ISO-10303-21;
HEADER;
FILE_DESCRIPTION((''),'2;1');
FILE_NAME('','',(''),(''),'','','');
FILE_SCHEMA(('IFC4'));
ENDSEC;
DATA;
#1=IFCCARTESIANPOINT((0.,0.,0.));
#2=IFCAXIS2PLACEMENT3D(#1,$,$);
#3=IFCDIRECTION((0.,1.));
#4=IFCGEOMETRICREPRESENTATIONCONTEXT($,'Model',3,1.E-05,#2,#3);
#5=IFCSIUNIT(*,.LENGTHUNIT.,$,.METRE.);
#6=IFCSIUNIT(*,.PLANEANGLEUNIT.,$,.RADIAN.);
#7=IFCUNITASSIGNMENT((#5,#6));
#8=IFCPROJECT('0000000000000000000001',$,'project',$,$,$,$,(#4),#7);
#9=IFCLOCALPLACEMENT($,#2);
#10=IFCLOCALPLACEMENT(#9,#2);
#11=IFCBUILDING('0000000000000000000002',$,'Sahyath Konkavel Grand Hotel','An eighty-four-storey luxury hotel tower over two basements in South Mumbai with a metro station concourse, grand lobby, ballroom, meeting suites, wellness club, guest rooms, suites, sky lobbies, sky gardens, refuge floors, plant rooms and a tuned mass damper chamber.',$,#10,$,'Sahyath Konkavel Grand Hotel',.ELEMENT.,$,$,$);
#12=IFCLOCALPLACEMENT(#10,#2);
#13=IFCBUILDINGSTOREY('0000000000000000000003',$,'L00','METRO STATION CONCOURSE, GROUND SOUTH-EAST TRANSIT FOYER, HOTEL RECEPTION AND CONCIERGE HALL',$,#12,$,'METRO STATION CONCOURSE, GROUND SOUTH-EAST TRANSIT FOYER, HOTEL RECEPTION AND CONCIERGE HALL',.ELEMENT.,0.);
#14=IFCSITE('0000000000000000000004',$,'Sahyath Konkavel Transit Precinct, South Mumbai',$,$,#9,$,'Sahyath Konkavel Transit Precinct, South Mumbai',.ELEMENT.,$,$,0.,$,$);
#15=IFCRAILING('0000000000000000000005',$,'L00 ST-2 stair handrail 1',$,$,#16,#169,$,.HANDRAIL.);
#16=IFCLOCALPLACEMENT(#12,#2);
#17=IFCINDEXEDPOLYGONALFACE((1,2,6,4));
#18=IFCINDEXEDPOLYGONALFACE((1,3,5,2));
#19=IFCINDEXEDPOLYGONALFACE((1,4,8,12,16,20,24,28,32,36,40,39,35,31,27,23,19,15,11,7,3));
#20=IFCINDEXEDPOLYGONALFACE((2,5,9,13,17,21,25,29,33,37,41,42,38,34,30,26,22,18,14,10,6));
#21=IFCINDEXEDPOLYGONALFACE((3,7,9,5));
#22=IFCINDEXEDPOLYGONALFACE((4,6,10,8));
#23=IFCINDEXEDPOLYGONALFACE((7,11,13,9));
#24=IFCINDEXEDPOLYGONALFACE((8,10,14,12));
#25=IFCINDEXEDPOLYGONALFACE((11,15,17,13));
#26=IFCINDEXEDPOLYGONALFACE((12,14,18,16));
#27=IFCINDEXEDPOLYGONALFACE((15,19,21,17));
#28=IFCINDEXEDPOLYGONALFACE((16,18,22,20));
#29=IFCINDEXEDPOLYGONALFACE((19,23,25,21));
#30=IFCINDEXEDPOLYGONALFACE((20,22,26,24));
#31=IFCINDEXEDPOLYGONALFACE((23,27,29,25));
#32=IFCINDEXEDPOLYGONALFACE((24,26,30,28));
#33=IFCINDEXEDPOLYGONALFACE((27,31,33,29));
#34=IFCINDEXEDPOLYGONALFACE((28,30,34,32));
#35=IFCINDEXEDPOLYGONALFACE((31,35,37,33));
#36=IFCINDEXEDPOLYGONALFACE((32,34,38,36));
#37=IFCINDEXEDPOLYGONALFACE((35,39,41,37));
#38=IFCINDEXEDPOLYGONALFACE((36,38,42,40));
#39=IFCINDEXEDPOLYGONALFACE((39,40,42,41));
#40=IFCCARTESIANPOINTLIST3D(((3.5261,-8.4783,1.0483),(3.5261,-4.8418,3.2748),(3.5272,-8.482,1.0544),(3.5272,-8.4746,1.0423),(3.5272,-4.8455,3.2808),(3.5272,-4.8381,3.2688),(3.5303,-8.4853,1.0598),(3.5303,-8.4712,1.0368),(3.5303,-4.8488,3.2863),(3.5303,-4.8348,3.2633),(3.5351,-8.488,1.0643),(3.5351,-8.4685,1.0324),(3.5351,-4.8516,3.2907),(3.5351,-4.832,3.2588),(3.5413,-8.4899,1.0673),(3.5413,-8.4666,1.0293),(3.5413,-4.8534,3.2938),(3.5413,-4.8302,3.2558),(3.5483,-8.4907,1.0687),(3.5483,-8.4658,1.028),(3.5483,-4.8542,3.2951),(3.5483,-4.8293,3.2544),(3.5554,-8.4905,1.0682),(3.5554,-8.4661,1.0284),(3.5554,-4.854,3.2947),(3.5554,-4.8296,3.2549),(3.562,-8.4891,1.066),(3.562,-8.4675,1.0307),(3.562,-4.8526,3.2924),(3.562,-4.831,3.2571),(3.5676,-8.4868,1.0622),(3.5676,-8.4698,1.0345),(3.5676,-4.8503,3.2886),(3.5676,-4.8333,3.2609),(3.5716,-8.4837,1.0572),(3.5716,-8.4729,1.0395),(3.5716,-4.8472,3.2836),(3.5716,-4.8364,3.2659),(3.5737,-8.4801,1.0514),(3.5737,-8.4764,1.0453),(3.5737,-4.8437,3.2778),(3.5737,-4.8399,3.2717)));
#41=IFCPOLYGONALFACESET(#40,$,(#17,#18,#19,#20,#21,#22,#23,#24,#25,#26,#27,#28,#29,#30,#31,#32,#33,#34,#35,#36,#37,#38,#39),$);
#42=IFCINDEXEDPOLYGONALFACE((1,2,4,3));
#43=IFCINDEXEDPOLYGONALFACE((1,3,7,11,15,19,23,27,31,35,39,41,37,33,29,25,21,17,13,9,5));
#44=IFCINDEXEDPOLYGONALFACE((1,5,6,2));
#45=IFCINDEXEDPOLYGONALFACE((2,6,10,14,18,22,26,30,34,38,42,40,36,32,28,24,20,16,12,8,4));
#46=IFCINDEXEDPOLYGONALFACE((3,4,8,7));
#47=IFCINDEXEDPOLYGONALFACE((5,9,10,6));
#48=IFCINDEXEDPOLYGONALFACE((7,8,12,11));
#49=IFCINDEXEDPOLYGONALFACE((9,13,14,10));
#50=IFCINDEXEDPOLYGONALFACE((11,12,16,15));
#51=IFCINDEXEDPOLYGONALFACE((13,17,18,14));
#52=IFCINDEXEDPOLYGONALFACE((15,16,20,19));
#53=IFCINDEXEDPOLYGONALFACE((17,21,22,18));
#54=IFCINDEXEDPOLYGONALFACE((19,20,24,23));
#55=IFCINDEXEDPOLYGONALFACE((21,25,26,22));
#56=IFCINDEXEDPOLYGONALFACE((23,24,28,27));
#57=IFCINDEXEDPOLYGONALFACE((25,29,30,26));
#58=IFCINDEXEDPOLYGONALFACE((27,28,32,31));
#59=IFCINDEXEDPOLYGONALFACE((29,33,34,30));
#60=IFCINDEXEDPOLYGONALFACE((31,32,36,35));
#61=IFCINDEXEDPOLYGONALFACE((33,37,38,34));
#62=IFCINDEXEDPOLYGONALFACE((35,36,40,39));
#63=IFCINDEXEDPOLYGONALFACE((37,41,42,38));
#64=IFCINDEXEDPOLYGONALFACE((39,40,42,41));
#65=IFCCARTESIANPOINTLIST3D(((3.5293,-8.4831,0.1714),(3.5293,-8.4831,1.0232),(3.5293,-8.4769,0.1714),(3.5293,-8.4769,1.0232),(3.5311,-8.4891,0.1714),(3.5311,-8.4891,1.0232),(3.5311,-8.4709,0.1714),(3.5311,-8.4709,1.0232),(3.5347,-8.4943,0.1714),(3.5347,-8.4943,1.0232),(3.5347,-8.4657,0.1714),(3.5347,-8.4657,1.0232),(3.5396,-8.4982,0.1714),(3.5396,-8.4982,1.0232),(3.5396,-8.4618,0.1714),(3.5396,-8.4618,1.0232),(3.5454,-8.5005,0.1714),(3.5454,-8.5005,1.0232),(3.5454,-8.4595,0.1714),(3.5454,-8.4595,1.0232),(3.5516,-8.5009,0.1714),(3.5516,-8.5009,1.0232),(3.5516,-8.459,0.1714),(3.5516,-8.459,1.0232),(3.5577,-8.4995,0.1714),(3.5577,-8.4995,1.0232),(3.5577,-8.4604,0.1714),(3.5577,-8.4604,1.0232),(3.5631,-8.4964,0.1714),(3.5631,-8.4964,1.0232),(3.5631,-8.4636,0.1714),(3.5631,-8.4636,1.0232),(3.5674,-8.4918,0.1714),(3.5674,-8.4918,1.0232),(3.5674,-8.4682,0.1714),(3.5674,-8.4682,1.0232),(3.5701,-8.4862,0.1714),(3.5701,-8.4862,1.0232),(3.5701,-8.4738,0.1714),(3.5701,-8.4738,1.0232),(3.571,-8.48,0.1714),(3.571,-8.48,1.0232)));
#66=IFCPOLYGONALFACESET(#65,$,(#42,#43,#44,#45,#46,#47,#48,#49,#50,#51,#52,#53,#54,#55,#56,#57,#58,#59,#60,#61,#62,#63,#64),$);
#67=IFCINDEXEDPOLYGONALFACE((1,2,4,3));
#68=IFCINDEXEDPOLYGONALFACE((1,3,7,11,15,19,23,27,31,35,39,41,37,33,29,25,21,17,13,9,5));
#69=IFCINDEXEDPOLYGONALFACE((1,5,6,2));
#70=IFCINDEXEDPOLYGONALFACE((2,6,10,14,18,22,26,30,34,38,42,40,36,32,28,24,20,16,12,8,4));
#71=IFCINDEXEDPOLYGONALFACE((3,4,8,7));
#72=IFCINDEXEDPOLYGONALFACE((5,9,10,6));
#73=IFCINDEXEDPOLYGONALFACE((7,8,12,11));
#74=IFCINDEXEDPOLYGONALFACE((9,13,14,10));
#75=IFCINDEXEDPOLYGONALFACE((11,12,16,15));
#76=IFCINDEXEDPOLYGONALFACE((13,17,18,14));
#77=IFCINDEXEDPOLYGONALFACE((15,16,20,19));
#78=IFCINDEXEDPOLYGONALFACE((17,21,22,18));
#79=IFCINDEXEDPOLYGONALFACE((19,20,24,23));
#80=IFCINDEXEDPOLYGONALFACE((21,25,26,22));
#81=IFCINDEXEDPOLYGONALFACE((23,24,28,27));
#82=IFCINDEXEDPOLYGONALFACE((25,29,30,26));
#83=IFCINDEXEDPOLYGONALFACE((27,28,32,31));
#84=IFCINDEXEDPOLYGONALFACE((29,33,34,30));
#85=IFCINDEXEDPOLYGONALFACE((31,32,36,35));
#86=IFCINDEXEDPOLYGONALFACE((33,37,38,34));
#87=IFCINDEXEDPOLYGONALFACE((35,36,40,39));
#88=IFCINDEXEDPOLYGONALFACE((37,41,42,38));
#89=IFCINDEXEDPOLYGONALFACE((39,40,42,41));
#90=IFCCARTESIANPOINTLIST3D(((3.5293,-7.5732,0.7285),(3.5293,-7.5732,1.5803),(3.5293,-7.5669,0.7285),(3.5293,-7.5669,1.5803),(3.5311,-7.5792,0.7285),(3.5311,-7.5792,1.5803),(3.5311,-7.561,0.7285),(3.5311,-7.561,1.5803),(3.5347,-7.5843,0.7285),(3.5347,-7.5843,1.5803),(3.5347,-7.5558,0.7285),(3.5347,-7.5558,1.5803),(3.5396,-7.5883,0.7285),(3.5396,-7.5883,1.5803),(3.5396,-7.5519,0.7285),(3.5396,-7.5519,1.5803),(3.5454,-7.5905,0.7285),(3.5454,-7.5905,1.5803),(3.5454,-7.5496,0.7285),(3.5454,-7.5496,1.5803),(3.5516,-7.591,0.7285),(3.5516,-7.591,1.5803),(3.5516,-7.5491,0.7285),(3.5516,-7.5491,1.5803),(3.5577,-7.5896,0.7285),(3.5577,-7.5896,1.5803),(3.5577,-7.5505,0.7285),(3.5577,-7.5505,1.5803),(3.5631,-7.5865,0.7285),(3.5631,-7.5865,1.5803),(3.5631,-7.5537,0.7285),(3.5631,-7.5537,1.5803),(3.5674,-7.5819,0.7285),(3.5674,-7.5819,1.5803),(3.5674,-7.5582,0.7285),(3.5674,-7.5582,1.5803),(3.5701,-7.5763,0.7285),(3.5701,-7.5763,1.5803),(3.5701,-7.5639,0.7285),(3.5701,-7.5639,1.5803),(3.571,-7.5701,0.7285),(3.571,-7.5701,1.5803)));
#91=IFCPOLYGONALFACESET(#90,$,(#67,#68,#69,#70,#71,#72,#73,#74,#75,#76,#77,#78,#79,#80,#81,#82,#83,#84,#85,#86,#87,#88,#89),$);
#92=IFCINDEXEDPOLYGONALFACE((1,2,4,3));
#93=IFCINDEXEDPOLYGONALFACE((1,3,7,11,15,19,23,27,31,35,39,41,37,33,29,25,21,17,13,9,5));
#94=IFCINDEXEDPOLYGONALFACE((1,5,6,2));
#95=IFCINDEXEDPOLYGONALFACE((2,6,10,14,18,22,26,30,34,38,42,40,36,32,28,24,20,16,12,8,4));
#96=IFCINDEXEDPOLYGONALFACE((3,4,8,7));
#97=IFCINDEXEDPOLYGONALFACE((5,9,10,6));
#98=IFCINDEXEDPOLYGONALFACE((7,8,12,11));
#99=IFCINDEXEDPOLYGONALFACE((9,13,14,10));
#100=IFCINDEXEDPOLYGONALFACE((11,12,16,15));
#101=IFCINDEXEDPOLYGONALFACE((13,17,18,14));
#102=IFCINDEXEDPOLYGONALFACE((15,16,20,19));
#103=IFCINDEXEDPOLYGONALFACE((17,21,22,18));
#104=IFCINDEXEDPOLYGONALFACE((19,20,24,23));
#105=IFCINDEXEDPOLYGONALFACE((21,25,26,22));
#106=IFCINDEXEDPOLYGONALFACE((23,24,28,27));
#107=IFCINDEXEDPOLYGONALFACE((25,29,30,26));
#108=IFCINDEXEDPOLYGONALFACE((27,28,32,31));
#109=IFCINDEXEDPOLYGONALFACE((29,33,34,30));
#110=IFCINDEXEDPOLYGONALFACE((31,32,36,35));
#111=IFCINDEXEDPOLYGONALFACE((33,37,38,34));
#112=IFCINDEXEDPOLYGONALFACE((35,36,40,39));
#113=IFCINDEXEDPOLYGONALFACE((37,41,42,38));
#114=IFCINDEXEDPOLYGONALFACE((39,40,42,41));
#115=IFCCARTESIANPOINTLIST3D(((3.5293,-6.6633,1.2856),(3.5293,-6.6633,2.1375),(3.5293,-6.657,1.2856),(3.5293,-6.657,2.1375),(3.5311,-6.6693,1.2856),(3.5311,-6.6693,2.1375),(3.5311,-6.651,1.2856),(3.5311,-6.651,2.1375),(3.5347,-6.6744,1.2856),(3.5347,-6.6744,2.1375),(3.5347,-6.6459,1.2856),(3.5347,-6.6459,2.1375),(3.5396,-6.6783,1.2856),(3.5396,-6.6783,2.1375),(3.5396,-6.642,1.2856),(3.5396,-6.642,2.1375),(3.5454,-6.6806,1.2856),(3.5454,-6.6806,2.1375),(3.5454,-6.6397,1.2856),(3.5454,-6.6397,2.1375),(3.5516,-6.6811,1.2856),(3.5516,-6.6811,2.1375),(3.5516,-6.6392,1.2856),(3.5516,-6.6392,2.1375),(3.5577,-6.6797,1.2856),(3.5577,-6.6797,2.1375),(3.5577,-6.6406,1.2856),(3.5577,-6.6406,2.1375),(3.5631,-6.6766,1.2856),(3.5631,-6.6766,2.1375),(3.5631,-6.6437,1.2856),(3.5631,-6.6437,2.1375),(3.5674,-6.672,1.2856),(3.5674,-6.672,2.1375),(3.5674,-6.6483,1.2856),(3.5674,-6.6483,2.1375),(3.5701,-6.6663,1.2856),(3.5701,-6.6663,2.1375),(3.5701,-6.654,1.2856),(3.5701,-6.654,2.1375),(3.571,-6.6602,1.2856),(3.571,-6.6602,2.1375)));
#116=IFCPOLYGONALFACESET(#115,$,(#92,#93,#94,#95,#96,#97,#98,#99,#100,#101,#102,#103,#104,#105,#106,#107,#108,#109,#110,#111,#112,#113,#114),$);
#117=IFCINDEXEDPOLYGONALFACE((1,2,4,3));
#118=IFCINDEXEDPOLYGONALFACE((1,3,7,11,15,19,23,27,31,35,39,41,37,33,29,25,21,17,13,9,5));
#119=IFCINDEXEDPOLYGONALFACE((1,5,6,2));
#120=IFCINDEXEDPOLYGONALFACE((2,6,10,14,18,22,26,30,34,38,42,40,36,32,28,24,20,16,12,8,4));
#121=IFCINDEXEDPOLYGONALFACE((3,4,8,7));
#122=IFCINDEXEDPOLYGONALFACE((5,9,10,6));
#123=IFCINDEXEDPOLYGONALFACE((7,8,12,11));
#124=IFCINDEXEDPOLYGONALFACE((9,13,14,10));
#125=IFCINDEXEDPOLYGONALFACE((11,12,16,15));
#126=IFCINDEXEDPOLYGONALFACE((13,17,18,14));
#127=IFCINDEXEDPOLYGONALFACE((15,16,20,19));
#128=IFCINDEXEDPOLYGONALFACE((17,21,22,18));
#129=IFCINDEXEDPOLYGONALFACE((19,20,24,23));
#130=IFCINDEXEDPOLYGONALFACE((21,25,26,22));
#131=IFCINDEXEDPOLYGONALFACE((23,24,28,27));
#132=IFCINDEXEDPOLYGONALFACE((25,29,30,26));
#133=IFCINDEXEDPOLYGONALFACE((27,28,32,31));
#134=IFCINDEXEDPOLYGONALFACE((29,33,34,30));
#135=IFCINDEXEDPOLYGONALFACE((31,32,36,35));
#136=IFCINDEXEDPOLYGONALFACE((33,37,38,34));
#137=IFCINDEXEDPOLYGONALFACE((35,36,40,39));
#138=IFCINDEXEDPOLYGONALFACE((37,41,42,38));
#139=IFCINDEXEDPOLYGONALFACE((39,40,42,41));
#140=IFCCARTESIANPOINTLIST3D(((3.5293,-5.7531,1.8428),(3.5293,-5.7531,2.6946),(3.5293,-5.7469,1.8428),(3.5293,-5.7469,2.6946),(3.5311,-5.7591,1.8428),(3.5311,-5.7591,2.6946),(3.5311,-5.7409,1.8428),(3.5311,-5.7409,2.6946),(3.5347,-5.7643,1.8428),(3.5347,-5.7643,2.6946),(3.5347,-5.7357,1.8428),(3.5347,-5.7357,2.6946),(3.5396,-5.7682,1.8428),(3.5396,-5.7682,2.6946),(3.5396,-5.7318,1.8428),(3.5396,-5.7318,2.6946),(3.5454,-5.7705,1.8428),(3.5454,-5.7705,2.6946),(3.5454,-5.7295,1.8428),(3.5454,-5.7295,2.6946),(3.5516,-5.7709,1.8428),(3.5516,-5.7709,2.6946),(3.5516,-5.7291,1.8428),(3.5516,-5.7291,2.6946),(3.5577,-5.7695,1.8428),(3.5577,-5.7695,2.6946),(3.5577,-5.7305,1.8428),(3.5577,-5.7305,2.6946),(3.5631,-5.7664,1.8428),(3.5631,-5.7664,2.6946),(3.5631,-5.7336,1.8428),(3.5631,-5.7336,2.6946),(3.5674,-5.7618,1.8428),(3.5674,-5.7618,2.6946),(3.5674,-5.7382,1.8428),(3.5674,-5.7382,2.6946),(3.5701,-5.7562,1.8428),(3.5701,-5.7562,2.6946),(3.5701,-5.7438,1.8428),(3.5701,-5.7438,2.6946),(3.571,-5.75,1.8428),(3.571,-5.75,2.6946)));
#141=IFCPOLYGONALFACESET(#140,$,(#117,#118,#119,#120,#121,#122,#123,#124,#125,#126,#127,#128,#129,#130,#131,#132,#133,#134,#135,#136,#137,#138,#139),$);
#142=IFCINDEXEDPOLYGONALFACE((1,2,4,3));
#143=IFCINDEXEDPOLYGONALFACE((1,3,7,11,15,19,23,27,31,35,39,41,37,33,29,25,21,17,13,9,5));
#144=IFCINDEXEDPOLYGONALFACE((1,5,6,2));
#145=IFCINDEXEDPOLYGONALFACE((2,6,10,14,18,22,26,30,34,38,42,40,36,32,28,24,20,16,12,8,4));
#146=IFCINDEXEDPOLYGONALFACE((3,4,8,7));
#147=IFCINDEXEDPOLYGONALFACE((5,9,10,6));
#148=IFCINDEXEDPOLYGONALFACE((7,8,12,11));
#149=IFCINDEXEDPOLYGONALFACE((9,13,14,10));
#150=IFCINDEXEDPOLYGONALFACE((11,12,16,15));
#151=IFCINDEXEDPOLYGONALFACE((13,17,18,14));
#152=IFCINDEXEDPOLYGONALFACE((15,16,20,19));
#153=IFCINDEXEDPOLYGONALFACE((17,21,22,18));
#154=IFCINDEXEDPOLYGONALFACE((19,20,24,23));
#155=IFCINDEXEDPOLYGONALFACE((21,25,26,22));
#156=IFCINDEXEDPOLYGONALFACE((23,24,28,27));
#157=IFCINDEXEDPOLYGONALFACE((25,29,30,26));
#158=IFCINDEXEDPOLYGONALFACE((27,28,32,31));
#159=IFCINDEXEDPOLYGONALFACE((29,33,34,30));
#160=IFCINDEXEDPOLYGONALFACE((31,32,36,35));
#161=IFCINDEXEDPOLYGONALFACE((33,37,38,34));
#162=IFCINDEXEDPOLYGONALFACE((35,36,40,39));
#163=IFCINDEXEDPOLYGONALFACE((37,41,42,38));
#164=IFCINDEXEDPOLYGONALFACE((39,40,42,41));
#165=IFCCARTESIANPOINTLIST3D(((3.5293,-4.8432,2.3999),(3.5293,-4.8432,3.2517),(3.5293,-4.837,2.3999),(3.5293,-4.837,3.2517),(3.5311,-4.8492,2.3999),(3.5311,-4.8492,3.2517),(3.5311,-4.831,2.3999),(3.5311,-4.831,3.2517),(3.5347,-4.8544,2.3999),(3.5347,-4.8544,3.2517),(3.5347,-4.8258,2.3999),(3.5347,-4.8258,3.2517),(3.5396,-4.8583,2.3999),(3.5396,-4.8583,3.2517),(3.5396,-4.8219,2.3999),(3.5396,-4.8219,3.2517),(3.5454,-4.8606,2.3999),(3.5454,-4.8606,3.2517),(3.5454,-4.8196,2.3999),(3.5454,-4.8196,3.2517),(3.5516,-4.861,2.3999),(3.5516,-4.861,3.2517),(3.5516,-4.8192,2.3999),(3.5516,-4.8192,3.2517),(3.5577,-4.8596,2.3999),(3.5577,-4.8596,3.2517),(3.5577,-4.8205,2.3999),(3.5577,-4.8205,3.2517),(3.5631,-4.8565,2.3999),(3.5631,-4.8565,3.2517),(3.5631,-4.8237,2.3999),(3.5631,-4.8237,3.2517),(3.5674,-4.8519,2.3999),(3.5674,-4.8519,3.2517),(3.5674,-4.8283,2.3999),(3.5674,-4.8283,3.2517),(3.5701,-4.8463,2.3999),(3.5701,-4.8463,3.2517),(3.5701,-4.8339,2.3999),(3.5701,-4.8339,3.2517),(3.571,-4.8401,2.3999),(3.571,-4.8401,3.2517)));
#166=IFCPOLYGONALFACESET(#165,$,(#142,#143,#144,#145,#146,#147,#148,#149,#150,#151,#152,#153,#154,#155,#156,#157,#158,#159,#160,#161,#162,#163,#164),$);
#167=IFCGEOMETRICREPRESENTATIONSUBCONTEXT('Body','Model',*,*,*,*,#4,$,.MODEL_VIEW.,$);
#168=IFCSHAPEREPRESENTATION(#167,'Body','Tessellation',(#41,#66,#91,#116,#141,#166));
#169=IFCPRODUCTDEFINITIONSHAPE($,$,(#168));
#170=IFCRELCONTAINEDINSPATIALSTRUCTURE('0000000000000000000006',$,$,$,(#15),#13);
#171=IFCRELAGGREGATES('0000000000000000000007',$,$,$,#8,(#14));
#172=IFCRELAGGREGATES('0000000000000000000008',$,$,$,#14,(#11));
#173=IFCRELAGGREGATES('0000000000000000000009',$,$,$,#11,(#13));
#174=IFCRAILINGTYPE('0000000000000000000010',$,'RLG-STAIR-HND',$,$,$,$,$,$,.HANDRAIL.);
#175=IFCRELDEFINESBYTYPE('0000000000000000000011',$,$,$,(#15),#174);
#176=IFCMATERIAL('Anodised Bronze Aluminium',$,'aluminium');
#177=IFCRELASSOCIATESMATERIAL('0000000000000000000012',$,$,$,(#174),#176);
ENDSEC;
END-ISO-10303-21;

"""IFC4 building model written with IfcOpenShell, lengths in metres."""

from ifc_helpers import new_model, si_unit, direction, frame, origin, origin_2d, place, context, subcontext, project, spatial, circle, extrude, material, type_object, element, save


model = new_model("IFC4")

# Units and contexts
model_context = context("Model", 3, precision=1e-05, world=origin(), true_north=direction((0.0, 1.0)))
body_context = subcontext(model_context, "Body", "Model", "MODEL_VIEW")
ifc_project = project(units=[si_unit("LENGTHUNIT", "METRE"), si_unit("PLANEANGLEUNIT", "RADIAN")], contexts=[model_context])

# Site, building, storey
site_placement = place(None, origin())
site = spatial("IfcSite", under=ifc_project, at=site_placement, Name="Sahyath Konkavel Transit Precinct, South Mumbai", LongName="Sahyath Konkavel Transit Precinct, South Mumbai", CompositionType="ELEMENT", RefElevation=0.0)
building_placement = place(site_placement, origin())
building = spatial("IfcBuilding", under=site, at=building_placement, Name="Sahyath Konkavel Grand Hotel", Description="An eighty-four-storey luxury hotel tower over two basements in South Mumbai with a metro station concourse, grand lobby, ballroom, meeting suites, wellness club, guest rooms, suites, sky lobbies, sky gardens, refuge floors, plant rooms and a tuned mass damper chamber.", LongName="Sahyath Konkavel Grand Hotel", CompositionType="ELEMENT")
storey_placement = place(building_placement, origin())
storey = spatial("IfcBuildingStorey", under=building, at=storey_placement, Name="L00", Description="METRO STATION CONCOURSE, GROUND SOUTH-EAST TRANSIT FOYER, HOTEL RECEPTION AND CONCIERGE HALL", LongName="METRO STATION CONCOURSE, GROUND SOUTH-EAST TRANSIT FOYER, HOTEL RECEPTION AND CONCIERGE HALL", CompositionType="ELEMENT", Elevation=0.0)

# Railing
ifc_material_1 = material(Name="Anodised Bronze Aluminium", Category="aluminium")
railing_type_1 = type_object("IfcRailingType", Name="RLG-STAIR-HND", PredefinedType="HANDRAIL", material=ifc_material_1)
railing_1_placement = place(storey_placement, frame((3.55, -8.48, 0.1714)))
element("IfcRailing", 1, at=railing_1_placement, inside=storey, type_object=railing_type_1, Name="L00 ST-2 stair handrail 1", PredefinedType="HANDRAIL", context=body_context, shape_type="SweptSolid", body=[
    extrude(circle(Radius=0.0239, at=origin_2d()), frame((0.0, 0.0017, 0.877), z_axis=(0.0, 0.85285, 0.522156), x_axis=(-1.0, 0.0, 0.0)), (0.0, 0.0, 1.0), 4.2639),
    extrude(circle(Radius=0.021, at=origin_2d()), origin(), (0.0, 0.0, 1.0), 0.8518),
    extrude(circle(Radius=0.021, at=origin_2d()), frame((0.0, 0.9099, 0.5571)), (0.0, 0.0, 1.0), 0.8518),
    extrude(circle(Radius=0.021, at=origin_2d()), frame((0.0, 1.8198, 1.1143)), (0.0, 0.0, 1.0), 0.8518),
    extrude(circle(Radius=0.021, at=origin_2d()), frame((0.0, 2.73, 1.6714)), (0.0, 0.0, 1.0), 0.8518),
    extrude(circle(Radius=0.021, at=origin_2d()), frame((0.0, 3.6399, 2.2285)), (0.0, 0.0, 1.0), 0.8518),
])

save(model, "model.ifc")
